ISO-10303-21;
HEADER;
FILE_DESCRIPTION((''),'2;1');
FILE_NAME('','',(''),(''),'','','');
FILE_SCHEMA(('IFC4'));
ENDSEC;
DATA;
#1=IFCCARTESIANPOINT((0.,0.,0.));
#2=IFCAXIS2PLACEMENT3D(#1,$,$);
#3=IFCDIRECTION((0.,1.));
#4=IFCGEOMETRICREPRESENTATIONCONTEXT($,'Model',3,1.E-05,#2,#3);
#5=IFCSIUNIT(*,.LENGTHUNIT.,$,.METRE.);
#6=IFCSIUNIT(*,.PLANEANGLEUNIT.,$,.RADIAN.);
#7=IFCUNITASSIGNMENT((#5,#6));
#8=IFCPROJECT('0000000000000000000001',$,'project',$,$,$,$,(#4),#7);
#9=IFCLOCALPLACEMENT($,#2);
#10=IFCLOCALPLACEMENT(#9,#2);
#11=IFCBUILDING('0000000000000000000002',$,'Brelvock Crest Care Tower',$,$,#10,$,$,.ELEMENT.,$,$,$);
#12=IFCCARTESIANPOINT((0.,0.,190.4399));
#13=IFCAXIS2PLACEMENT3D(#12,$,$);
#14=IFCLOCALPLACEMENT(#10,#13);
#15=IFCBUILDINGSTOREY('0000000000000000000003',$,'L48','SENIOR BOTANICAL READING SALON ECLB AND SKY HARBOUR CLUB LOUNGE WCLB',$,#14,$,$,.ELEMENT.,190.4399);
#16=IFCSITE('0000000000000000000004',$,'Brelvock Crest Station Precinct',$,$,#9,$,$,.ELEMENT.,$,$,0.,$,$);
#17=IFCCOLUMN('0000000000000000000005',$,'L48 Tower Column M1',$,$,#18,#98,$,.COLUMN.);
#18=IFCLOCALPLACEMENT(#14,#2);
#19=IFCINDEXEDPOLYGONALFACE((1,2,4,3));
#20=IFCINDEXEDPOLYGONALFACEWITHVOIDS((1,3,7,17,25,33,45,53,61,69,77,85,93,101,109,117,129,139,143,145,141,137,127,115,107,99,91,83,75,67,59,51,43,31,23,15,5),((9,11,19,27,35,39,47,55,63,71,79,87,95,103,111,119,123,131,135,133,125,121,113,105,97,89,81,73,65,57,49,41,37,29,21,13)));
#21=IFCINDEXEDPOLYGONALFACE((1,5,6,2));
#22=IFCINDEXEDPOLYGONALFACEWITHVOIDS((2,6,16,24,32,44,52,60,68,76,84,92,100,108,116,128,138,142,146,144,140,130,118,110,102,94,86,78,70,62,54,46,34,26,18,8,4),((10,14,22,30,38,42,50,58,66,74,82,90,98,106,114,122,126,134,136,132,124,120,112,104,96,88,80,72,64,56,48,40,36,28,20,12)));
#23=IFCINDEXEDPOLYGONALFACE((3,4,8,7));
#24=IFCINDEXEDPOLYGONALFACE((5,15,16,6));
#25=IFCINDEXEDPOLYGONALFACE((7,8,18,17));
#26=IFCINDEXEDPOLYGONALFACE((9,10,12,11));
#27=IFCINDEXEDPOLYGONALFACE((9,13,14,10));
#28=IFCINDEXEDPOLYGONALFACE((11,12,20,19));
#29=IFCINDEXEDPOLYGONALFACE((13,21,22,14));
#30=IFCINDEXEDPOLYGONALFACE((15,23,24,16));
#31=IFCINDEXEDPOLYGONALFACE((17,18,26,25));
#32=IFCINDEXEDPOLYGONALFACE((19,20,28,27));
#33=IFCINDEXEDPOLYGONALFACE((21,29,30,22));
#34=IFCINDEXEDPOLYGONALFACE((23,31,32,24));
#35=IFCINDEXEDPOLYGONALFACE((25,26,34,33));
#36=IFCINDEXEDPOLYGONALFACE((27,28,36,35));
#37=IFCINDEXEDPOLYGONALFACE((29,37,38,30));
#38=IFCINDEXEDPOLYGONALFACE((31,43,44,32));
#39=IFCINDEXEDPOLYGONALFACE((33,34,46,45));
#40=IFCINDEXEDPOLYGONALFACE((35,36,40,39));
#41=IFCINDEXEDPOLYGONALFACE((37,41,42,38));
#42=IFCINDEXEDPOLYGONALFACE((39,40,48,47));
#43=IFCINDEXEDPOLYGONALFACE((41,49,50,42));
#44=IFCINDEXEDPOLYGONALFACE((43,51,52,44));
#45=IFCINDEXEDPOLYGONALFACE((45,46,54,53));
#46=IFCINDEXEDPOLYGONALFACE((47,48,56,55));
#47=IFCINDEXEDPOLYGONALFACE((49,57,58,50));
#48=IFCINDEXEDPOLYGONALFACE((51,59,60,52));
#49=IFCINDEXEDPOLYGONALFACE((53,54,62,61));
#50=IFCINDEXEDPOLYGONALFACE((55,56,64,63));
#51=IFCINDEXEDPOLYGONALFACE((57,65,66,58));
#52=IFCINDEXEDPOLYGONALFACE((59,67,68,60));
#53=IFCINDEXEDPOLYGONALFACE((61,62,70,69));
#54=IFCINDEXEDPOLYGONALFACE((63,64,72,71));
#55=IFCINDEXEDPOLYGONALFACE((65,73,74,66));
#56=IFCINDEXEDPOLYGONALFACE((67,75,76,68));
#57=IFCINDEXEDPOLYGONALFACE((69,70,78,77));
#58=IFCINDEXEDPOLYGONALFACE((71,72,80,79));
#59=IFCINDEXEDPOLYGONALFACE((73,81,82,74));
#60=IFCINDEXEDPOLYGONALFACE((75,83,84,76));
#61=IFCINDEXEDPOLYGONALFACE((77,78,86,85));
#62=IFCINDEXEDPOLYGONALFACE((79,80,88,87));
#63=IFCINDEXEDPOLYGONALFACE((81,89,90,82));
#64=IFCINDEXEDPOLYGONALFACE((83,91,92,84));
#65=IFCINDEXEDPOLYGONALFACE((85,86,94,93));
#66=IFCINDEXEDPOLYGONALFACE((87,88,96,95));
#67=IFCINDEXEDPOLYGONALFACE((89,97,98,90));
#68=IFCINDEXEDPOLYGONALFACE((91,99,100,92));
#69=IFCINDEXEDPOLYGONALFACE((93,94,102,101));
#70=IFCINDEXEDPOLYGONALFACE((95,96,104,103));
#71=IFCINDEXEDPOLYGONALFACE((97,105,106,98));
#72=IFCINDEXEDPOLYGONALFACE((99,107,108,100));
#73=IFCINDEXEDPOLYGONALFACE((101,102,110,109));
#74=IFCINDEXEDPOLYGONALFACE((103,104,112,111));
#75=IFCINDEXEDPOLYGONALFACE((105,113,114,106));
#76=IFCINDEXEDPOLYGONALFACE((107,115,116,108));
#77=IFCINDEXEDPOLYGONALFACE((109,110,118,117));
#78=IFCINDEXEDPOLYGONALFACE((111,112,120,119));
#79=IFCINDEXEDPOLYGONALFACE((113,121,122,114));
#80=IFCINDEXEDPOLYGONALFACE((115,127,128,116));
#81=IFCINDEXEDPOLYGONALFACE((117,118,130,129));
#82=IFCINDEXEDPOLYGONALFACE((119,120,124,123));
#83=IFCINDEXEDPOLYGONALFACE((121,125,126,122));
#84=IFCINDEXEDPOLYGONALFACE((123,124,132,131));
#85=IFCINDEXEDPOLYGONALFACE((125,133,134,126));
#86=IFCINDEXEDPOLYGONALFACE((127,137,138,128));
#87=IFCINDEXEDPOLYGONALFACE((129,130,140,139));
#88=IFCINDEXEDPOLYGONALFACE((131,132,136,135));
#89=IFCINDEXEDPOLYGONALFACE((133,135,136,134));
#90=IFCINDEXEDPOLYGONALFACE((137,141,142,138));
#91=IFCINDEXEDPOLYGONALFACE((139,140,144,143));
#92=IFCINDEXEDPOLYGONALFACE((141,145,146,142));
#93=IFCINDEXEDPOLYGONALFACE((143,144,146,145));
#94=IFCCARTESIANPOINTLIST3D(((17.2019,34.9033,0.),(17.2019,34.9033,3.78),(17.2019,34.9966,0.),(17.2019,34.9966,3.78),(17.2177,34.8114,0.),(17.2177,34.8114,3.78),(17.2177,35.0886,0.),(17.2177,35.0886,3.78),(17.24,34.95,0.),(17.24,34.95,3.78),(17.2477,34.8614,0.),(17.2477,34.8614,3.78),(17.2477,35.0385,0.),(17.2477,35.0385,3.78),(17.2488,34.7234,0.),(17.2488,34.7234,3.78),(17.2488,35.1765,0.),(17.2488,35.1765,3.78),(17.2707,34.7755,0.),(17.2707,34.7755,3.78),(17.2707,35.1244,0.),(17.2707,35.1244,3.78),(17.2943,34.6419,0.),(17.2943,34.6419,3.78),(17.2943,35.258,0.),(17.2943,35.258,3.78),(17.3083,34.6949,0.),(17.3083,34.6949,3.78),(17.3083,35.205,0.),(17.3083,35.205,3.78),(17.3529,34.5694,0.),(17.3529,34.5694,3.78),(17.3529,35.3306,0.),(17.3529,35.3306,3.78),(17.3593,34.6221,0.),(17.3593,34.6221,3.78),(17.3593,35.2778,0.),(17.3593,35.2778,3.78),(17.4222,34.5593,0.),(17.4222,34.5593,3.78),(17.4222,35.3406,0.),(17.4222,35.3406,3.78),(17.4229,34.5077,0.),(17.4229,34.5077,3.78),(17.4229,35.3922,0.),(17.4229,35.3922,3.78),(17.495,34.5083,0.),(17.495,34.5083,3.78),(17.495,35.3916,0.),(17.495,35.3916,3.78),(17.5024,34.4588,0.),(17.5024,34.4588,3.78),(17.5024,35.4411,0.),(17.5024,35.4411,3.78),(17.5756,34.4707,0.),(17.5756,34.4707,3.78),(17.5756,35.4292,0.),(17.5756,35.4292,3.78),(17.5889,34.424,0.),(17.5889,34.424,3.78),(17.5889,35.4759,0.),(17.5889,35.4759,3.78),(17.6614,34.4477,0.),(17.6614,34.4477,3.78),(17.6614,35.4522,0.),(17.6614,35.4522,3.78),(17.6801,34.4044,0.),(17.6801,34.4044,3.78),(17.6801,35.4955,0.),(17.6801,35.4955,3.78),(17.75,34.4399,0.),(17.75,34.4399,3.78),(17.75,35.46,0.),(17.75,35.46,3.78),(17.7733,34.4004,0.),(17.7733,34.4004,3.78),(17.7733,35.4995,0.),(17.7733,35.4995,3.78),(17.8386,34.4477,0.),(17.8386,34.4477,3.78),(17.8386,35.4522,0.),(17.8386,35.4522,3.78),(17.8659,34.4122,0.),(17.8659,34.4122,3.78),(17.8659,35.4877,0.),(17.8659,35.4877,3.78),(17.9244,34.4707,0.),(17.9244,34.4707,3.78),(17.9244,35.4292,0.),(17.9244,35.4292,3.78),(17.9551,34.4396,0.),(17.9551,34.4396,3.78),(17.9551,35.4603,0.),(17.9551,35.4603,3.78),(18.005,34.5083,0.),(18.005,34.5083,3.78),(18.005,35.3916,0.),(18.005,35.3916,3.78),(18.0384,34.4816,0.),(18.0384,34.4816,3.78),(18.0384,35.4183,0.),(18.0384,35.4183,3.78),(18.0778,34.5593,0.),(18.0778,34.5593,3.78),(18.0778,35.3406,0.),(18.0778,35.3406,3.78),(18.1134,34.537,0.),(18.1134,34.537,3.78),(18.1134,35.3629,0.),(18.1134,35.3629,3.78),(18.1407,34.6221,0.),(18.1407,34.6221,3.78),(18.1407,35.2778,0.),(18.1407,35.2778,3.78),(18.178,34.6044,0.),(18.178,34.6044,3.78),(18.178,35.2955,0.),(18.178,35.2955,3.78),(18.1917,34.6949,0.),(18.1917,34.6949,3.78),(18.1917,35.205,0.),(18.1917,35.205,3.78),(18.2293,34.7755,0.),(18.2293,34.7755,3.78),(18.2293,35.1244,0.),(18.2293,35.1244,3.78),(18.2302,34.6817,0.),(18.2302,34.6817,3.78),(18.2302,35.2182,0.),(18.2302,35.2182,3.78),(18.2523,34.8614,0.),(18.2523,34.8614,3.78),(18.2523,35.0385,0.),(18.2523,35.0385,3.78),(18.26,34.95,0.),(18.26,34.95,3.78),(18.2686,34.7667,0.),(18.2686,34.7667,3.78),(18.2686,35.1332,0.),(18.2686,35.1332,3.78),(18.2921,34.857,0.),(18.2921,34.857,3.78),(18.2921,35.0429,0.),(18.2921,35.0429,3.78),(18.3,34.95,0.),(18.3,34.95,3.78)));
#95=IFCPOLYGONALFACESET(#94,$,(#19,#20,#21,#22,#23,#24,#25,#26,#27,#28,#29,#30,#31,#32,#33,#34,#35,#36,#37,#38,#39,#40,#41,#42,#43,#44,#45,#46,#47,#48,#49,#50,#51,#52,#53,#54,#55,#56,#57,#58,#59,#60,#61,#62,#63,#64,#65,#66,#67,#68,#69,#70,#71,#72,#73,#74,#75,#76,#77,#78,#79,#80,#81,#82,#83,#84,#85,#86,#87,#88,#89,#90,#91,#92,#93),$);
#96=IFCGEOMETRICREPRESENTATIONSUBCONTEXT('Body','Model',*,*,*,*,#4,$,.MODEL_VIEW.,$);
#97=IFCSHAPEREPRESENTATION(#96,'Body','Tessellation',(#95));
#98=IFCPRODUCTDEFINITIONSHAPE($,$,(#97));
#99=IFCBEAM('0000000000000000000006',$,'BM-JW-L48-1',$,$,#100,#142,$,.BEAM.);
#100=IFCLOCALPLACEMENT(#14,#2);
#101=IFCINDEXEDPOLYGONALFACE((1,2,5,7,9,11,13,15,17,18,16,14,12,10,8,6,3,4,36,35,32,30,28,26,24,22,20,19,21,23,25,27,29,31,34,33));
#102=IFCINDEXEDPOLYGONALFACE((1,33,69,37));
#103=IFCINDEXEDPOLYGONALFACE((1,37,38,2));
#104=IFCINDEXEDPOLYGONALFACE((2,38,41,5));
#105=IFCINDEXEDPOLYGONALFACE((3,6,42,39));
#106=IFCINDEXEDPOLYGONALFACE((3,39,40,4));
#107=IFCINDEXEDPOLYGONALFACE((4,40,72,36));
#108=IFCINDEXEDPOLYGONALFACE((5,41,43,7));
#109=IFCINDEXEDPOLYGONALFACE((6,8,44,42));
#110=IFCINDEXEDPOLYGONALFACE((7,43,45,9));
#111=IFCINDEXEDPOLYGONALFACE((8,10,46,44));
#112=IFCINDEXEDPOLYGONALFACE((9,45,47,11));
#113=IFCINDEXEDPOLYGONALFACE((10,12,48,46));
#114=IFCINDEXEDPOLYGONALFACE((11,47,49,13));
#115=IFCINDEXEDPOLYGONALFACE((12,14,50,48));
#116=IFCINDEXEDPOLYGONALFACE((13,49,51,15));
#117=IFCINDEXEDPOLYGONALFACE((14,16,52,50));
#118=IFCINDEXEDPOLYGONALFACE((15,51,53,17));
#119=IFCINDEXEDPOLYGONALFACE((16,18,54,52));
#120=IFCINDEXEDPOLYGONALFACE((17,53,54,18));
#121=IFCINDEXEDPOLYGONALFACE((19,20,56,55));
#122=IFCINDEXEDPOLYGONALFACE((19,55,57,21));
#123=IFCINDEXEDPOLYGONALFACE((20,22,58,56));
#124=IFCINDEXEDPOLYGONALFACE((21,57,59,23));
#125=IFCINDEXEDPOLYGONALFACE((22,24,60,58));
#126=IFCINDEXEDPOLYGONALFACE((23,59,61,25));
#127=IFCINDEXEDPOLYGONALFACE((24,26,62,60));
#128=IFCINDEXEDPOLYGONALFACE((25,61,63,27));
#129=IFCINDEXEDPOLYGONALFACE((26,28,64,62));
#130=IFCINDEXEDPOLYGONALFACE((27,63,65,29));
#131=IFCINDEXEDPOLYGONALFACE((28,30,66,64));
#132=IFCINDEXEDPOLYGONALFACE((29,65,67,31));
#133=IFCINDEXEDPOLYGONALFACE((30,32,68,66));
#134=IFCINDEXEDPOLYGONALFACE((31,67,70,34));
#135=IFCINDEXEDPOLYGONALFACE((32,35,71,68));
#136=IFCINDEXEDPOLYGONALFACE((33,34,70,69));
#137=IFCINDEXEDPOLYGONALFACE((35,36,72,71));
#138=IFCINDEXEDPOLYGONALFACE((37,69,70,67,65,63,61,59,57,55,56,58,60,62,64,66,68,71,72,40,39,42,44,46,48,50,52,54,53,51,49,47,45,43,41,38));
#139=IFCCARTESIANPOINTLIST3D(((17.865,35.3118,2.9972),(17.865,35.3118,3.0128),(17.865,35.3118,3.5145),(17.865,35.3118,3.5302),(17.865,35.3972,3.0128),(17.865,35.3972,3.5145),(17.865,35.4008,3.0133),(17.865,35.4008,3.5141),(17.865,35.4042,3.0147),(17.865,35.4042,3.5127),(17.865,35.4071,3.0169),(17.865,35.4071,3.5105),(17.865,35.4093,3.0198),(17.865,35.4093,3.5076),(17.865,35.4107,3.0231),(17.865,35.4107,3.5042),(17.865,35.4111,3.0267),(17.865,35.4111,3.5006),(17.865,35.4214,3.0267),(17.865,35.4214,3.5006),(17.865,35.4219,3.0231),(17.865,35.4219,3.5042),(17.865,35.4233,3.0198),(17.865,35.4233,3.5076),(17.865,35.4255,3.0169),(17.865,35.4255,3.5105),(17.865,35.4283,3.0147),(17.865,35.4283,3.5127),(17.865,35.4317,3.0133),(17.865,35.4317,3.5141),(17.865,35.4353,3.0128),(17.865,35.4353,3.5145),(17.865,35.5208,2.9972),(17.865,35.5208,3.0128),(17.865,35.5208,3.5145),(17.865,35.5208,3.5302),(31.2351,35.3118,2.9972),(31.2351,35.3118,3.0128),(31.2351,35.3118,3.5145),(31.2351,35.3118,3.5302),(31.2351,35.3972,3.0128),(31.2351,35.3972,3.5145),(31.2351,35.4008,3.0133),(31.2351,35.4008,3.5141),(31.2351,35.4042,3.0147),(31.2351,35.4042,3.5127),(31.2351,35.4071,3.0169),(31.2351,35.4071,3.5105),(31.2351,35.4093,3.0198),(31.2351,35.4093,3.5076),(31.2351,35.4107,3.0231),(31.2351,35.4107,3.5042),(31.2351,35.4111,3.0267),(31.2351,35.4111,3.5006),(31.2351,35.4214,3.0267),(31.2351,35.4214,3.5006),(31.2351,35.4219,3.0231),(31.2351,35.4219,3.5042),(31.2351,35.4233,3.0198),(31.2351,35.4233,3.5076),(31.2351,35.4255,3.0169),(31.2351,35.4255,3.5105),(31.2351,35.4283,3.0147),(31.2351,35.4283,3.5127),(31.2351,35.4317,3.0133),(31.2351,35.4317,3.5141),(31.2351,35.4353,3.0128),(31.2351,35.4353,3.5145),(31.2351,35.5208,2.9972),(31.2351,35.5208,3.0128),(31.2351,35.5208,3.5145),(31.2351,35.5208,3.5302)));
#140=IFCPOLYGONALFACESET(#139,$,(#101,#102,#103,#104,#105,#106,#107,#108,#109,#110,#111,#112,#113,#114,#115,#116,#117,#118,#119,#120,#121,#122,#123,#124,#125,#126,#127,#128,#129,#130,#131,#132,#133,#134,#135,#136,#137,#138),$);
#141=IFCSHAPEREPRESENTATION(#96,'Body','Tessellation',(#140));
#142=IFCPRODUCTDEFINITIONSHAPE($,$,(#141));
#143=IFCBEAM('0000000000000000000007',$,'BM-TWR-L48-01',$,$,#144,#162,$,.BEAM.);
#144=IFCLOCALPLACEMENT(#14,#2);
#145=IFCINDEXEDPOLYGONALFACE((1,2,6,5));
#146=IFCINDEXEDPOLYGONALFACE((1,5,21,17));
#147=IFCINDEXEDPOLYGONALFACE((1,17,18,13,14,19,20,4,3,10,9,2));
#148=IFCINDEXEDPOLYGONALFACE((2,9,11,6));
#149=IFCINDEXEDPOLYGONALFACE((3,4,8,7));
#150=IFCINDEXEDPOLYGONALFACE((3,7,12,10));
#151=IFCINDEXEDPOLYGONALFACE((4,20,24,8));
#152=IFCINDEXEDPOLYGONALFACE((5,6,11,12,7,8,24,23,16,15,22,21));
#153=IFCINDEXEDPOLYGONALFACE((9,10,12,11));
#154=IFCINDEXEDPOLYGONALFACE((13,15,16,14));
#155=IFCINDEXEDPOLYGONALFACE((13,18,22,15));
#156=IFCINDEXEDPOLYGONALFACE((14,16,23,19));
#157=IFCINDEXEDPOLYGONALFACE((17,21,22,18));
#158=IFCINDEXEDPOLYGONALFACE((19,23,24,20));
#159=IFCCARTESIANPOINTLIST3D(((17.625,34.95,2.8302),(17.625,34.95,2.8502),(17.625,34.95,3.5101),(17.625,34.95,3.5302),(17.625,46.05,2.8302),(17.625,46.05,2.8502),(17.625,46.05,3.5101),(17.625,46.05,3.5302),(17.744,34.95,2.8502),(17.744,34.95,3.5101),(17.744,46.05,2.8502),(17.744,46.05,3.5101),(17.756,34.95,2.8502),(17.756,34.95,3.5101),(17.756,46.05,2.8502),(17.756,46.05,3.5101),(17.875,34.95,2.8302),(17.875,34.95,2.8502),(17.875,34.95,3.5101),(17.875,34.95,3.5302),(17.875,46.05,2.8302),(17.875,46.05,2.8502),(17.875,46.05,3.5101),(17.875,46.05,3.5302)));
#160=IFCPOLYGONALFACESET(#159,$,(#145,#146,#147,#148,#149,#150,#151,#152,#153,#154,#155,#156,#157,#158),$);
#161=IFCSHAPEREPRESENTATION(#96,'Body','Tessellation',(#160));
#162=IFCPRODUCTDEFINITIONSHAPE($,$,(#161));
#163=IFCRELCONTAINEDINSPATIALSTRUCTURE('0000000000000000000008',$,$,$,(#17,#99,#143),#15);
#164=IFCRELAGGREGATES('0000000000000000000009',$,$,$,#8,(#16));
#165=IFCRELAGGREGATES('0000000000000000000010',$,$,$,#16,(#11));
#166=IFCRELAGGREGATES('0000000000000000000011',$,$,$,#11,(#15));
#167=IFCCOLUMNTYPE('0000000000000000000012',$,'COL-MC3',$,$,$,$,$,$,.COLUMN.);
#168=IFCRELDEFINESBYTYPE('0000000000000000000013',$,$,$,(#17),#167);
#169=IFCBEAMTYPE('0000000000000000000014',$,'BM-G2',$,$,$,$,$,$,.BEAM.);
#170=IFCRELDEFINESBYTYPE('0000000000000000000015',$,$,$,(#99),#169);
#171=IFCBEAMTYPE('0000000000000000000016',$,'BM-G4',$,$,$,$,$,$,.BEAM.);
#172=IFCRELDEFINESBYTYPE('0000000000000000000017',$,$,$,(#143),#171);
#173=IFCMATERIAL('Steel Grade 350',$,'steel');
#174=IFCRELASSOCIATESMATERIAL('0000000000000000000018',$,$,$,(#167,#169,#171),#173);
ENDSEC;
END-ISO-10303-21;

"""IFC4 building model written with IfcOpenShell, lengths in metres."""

from ifc_helpers import new_model, si_unit, direction, frame, origin, origin_2d, place, context, subcontext, project, spatial, hollow_circle, i_section, extrude, source, transform, mapped, material, material_profile, profile_set, type_object, element, save


model = new_model("IFC4")

# Units and contexts
model_context = context("Model", 3, precision=1e-05, world=origin(), true_north=direction((0.0, 1.0)))
body_context = subcontext(model_context, "Body", "Model", "MODEL_VIEW")
ifc_project = project(units=[si_unit("LENGTHUNIT", "METRE"), si_unit("PLANEANGLEUNIT", "RADIAN")], contexts=[model_context])

# Site, building, storey
site_placement = place(None, origin())
site = spatial("IfcSite", under=ifc_project, at=site_placement, Name="Brelvock Crest Station Precinct", CompositionType="ELEMENT", RefElevation=0.0)
building_placement = place(site_placement, origin())
building = spatial("IfcBuilding", under=site, at=building_placement, Name="Brelvock Crest Care Tower", CompositionType="ELEMENT")
storey_placement = place(building_placement, frame((0.0, 0.0, 190.4399)))
storey = spatial("IfcBuildingStorey", under=building, at=storey_placement, Name="L48", Description="SENIOR BOTANICAL READING SALON ECLB AND SKY HARBOUR CLUB LOUNGE WCLB", CompositionType="ELEMENT", Elevation=190.4399)

# Column
ifc_material_1 = material(Name="Steel Grade 350", Category="steel")
ifc_material_profile_1 = material_profile(ifc_material_1, hollow_circle(Radius=0.55, WallThickness=0.04, at=origin_2d()), Name="CFT1100x40")
ifc_profile_set_1 = profile_set([ifc_material_profile_1], Name="Steel Grade 350")
column_type = type_object("IfcColumnType", Name="COL-MC3", PredefinedType="COLUMN", material=ifc_profile_set_1)
shared_shape_1 = source(origin(), body_context, "Body", "SweptSolid", [
    extrude(hollow_circle(Radius=0.55, WallThickness=0.04, at=origin_2d()), origin(), (0.0, 0.0, 1.0), 3.78),
])
column_placement = place(storey_placement, frame((17.75, 34.95, 0.0), z_axis=(0.0, 0.0, 1.0), x_axis=(1.0, 0.0, 0.0)))
element("IfcColumn", 1, at=column_placement, inside=storey, type_object=column_type, Name="L48 Tower Column M1", PredefinedType="COLUMN", context=body_context, shape_type="MappedRepresentation", body=[
    mapped(shared_shape_1, transform((0.0, 0.0, 0.0), x_axis=(1.0, 0.0, 0.0), y_axis=(0.0, 1.0, 0.0), z_axis=(0.0, 0.0, 1.0), scale=1.0)),
])

# Beams
ifc_material_profile_2 = material_profile(ifc_material_1, i_section(OverallWidth=0.209, OverallDepth=0.533, WebThickness=0.0103, FlangeThickness=0.0156, FilletRadius=0.0139, at=origin_2d()), Name="530UB92.4")
ifc_profile_set_2 = profile_set([ifc_material_profile_2], Name="Steel Grade 350")
beam_type_1 = type_object("IfcBeamType", Name="BM-G2", PredefinedType="BEAM", material=ifc_profile_set_2)
shared_shape_2 = source(origin(), body_context, "Body", "SweptSolid", [
    extrude(i_section(OverallWidth=0.209, OverallDepth=0.533, WebThickness=0.0103, FlangeThickness=0.0156, FilletRadius=0.0139, at=origin_2d()), origin(), (0.0, 0.0, 1.0), 13.3701),
])
beam_1_placement = place(storey_placement, frame((17.865, 35.4163, 3.2637), z_axis=(1.0, 0.0, 0.0), x_axis=(0.0, 1.0, 0.0)))
element("IfcBeam", 2, at=beam_1_placement, inside=storey, type_object=beam_type_1, Name="BM-JW-L48-1", PredefinedType="BEAM", context=body_context, shape_type="MappedRepresentation", body=[
    mapped(shared_shape_2, transform((0.0, 0.0, 0.0), x_axis=(1.0, 0.0, 0.0), y_axis=(0.0, 1.0, 0.0), z_axis=(0.0, 0.0, 1.0), scale=1.0)),
])
ifc_material_profile_3 = material_profile(ifc_material_1, i_section(OverallWidth=0.25, OverallDepth=0.7, WebThickness=0.012, FlangeThickness=0.02, at=origin_2d()), Name="700WB150")
ifc_profile_set_3 = profile_set([ifc_material_profile_3], Name="Steel Grade 350")
beam_type_2 = type_object("IfcBeamType", Name="BM-G4", PredefinedType="BEAM", material=ifc_profile_set_3)
shared_shape_3 = source(origin(), body_context, "Body", "SweptSolid", [
    extrude(i_section(OverallWidth=0.25, OverallDepth=0.7, WebThickness=0.012, FlangeThickness=0.02, at=origin_2d()), origin(), (0.0, 0.0, 1.0), 11.1001),
])
beam_2_placement = place(storey_placement, frame((17.75, 34.95, 3.1802), z_axis=(0.0, 1.0, 0.0), x_axis=(-1.0, 0.0, 0.0)))
element("IfcBeam", 3, at=beam_2_placement, inside=storey, type_object=beam_type_2, Name="BM-TWR-L48-01", PredefinedType="BEAM", context=body_context, shape_type="MappedRepresentation", body=[
    mapped(shared_shape_3, transform((0.0, 0.0, 0.0), x_axis=(1.0, 0.0, 0.0), y_axis=(0.0, 1.0, 0.0), z_axis=(0.0, 0.0, 1.0), scale=1.0)),
])

save(model, "model.ifc")
